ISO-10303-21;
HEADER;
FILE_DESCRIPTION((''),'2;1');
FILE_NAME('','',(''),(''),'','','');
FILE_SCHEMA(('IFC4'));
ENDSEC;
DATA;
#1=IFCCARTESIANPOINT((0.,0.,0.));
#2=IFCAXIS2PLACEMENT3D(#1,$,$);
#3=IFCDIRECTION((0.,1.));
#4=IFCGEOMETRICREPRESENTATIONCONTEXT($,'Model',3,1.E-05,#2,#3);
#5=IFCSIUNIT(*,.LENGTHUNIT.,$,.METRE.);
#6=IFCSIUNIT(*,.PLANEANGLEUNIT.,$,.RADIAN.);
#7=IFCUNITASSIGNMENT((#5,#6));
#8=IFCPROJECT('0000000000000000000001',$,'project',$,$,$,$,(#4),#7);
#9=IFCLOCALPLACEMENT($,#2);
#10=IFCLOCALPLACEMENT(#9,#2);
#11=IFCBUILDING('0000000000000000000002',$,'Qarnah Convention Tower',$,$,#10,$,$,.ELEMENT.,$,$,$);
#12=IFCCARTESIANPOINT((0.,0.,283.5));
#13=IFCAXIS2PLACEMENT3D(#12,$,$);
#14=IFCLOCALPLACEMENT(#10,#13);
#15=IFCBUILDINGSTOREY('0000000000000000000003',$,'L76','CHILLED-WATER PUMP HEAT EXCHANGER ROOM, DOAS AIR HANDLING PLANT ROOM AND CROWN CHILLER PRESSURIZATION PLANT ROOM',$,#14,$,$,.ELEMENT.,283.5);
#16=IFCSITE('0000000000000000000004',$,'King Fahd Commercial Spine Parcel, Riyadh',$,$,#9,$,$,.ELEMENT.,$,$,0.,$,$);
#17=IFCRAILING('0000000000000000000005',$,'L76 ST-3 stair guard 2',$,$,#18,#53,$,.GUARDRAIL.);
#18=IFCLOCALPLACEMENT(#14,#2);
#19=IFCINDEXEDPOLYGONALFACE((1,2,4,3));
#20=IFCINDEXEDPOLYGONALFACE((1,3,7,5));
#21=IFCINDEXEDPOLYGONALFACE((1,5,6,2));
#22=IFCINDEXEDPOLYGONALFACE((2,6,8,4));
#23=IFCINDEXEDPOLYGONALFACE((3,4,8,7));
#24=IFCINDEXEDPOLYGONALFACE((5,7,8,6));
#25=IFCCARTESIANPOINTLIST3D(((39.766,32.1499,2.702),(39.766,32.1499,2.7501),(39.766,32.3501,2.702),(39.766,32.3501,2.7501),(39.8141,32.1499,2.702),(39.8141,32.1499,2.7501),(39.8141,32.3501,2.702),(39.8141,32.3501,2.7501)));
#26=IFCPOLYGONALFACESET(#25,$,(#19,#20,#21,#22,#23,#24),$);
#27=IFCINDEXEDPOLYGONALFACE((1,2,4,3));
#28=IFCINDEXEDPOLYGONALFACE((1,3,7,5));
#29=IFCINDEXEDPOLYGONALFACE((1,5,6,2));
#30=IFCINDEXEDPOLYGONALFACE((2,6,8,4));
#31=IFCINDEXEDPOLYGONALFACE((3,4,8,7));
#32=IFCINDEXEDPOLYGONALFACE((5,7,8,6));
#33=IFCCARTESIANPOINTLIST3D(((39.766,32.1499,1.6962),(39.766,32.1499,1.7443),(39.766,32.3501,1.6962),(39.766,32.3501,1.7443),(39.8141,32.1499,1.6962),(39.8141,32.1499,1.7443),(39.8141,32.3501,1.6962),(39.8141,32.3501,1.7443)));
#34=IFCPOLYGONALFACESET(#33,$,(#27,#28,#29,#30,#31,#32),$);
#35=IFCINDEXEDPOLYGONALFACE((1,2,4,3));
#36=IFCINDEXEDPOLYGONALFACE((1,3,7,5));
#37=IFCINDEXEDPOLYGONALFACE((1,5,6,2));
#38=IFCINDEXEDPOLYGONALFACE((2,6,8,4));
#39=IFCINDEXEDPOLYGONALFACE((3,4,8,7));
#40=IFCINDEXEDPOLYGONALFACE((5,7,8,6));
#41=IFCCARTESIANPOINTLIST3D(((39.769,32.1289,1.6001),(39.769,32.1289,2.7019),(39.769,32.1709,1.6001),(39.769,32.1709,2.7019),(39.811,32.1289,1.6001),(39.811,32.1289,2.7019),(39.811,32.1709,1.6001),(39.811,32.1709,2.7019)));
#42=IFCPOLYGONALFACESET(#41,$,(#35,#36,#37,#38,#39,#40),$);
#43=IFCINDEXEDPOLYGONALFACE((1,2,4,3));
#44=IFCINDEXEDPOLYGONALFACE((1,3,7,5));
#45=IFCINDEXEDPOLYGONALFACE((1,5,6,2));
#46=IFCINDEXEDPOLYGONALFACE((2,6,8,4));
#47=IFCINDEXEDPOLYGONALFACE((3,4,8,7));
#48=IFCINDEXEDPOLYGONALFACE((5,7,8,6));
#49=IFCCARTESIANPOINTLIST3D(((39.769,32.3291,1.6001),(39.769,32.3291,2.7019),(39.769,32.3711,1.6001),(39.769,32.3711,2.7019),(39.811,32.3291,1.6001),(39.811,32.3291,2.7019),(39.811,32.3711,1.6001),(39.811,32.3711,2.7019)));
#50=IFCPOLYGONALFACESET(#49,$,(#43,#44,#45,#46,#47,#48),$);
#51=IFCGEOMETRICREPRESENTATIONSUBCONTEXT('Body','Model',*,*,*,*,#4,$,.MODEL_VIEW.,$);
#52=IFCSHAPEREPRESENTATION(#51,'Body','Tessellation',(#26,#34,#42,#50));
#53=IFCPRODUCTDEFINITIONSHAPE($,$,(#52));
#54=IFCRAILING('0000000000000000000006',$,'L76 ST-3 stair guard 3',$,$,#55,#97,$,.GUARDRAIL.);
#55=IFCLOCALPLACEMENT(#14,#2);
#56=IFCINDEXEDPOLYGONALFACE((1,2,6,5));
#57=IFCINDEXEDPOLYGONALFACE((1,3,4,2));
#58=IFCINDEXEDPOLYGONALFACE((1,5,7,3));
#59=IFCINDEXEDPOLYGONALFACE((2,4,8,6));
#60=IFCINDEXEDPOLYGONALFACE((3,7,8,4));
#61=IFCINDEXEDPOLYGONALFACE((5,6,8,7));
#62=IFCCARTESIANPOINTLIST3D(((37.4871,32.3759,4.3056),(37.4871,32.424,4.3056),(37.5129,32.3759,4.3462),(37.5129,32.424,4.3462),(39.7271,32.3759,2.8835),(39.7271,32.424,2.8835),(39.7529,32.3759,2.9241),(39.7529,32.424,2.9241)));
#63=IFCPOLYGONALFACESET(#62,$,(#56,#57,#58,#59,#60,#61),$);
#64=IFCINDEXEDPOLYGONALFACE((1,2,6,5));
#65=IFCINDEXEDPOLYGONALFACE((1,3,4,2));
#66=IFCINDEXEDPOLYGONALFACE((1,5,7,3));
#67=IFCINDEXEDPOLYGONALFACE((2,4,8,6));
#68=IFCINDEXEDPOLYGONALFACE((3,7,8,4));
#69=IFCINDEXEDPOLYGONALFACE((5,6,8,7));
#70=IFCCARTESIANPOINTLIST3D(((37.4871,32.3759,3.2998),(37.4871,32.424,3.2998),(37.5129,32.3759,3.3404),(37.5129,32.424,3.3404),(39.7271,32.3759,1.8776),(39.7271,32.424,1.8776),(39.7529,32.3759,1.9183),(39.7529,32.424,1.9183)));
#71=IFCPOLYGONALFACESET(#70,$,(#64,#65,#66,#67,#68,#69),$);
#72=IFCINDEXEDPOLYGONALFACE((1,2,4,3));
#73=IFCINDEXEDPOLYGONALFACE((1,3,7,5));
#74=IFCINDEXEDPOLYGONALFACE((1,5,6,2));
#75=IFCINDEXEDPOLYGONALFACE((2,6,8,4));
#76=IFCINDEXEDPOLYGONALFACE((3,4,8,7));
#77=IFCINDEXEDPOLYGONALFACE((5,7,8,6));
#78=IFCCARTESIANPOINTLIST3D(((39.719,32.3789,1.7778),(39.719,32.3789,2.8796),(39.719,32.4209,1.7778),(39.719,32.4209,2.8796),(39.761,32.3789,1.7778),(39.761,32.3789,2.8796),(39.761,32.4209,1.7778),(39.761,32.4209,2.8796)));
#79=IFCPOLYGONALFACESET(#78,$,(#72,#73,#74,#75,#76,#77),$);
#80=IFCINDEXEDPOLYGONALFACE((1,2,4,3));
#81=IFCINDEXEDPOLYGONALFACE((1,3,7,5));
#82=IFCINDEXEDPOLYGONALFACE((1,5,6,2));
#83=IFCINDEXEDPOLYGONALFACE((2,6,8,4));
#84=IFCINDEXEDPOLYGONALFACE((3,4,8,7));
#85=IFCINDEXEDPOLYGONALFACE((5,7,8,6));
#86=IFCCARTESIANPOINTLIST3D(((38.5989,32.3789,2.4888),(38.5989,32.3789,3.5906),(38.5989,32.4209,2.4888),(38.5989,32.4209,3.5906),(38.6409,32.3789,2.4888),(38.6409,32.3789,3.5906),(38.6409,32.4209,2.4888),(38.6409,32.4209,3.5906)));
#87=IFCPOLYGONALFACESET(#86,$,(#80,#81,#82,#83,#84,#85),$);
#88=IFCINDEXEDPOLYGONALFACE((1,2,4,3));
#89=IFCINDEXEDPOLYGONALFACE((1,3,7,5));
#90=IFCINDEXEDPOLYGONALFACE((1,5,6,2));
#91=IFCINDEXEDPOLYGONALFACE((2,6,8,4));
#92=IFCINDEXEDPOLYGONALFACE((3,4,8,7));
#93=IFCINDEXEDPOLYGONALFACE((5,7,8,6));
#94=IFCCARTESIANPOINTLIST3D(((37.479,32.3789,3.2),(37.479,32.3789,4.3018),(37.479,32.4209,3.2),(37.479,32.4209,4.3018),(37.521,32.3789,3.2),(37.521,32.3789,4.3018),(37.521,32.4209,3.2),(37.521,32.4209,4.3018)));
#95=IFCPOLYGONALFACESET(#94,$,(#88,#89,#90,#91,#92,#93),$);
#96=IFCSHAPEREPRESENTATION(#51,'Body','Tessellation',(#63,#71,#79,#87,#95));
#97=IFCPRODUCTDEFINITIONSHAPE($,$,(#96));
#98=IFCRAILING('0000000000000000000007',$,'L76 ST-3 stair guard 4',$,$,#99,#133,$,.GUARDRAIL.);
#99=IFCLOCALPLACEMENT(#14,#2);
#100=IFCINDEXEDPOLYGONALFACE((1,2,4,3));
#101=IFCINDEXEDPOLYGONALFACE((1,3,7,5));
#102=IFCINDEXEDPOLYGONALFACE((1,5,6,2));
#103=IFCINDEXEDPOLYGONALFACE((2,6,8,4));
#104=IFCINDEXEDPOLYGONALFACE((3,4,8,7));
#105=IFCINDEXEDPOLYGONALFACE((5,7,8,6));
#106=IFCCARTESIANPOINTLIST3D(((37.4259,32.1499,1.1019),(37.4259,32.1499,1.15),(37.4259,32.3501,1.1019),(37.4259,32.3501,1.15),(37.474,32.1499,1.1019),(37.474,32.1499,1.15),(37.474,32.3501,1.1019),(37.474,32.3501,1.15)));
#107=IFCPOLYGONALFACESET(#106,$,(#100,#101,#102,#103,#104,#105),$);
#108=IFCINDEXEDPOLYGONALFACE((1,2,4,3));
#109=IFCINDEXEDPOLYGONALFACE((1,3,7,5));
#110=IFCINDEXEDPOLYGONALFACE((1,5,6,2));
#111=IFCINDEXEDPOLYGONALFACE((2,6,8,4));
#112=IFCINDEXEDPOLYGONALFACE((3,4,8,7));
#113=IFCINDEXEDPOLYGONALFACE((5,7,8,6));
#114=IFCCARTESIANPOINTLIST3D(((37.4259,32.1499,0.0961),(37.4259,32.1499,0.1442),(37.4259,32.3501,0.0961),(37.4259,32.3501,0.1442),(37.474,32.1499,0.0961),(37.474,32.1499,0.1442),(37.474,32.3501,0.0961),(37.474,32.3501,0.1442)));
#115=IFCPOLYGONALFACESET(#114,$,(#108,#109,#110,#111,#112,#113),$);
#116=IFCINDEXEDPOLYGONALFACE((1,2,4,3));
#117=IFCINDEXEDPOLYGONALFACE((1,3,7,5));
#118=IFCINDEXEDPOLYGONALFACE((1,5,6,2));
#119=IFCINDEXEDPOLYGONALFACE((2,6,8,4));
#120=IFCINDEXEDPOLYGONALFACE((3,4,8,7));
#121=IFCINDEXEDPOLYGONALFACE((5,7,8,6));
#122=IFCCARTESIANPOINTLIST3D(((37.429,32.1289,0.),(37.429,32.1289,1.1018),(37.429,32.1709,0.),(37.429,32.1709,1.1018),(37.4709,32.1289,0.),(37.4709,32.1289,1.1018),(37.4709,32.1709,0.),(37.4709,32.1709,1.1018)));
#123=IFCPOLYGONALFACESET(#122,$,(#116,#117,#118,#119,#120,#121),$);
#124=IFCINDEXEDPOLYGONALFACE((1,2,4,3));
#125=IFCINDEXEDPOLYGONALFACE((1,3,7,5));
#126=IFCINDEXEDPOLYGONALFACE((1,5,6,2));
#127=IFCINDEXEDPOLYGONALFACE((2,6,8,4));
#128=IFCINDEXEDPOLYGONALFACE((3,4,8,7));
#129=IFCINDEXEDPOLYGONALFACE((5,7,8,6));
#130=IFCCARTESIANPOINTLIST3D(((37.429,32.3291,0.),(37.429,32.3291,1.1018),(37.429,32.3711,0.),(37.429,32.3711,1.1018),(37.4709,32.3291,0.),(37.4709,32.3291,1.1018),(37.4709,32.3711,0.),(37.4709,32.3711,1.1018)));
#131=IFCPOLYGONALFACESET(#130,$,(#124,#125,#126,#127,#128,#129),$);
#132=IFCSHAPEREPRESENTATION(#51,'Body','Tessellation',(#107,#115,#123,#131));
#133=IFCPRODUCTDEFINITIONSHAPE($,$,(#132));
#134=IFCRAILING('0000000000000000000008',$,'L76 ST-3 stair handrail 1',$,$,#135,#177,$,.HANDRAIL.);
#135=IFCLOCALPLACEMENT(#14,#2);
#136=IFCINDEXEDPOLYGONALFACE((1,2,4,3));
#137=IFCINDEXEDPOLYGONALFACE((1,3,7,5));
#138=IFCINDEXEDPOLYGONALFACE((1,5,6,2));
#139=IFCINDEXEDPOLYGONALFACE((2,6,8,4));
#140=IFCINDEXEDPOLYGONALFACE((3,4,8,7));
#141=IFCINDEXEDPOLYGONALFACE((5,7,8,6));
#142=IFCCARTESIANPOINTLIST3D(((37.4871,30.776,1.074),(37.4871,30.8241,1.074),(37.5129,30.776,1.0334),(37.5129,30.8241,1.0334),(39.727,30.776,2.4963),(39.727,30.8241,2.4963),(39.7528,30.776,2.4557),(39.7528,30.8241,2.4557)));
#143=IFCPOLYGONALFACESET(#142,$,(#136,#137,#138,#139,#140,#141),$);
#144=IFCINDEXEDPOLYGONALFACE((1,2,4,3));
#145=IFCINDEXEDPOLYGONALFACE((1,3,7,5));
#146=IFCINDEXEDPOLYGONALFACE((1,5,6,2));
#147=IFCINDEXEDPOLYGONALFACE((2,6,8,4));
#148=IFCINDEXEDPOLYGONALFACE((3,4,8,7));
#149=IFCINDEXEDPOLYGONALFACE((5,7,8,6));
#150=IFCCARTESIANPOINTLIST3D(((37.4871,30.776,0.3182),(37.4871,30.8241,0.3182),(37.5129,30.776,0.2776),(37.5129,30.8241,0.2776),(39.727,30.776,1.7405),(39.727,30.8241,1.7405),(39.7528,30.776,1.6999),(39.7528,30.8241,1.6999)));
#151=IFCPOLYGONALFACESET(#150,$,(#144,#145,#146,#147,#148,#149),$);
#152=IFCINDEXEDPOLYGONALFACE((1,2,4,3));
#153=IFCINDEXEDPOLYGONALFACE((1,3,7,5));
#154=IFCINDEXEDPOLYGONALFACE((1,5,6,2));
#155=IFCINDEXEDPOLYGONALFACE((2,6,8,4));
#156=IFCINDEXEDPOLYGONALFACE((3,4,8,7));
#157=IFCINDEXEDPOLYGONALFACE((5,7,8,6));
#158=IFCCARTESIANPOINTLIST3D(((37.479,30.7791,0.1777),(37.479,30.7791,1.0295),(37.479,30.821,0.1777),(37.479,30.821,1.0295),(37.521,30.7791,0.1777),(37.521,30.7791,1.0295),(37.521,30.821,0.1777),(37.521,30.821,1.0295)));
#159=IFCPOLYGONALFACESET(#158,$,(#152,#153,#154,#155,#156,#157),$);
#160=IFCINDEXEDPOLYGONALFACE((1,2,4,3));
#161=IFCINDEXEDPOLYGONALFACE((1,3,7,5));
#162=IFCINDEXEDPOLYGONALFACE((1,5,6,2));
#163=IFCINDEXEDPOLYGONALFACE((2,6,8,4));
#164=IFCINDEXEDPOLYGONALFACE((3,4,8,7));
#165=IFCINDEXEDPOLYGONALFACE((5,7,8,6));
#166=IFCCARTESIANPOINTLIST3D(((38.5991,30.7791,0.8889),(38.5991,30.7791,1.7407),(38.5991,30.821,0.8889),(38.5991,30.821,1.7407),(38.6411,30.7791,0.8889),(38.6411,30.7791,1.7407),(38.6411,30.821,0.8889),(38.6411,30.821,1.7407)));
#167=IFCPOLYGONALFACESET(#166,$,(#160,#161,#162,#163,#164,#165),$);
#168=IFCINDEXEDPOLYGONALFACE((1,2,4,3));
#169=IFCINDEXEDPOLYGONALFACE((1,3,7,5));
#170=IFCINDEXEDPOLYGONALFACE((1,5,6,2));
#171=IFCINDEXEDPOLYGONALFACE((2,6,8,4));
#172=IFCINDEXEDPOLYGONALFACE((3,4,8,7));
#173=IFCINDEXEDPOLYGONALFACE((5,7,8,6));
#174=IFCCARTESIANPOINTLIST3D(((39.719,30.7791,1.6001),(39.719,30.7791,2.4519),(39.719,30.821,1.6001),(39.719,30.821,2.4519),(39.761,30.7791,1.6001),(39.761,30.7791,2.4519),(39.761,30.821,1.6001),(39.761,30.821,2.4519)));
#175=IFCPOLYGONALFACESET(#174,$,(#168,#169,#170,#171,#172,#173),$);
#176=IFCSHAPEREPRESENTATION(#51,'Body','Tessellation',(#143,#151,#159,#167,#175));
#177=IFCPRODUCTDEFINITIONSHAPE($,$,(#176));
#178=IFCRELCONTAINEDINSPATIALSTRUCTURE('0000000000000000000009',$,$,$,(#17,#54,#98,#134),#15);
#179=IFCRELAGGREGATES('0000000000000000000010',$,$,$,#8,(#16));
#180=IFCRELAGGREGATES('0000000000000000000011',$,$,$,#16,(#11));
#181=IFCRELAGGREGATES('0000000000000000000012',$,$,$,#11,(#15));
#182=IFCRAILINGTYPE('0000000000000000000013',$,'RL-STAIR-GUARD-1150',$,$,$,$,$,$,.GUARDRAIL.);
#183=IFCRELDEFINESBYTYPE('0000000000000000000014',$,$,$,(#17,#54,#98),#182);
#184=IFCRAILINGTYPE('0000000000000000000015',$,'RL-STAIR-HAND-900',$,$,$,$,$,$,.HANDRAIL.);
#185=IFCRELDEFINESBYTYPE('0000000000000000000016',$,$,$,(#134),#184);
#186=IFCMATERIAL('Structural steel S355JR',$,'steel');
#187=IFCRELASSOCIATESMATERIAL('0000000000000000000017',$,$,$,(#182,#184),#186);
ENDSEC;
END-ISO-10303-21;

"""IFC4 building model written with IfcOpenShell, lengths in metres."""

from ifc_helpers import new_model, si_unit, direction, frame, origin, origin_2d, place, context, subcontext, project, spatial, rectangle, extrude, material, type_object, element, save


model = new_model("IFC4")

# Units and contexts
model_context = context("Model", 3, precision=1e-05, world=origin(), true_north=direction((0.0, 1.0)))
body_context = subcontext(model_context, "Body", "Model", "MODEL_VIEW")
ifc_project = project(units=[si_unit("LENGTHUNIT", "METRE"), si_unit("PLANEANGLEUNIT", "RADIAN")], contexts=[model_context])

# Site, building, storey
site_placement = place(None, origin())
site = spatial("IfcSite", under=ifc_project, at=site_placement, Name="King Fahd Commercial Spine Parcel, Riyadh", CompositionType="ELEMENT", RefElevation=0.0)
building_placement = place(site_placement, origin())
building = spatial("IfcBuilding", under=site, at=building_placement, Name="Qarnah Convention Tower", CompositionType="ELEMENT")
storey_placement = place(building_placement, frame((0.0, 0.0, 283.5)))
storey = spatial("IfcBuildingStorey", under=building, at=storey_placement, Name="L76", Description="CHILLED-WATER PUMP HEAT EXCHANGER ROOM, DOAS AIR HANDLING PLANT ROOM AND CROWN CHILLER PRESSURIZATION PLANT ROOM", CompositionType="ELEMENT", Elevation=283.5)

# Shared definitions
ifc_material_1 = material(Name="Structural steel S355JR", Category="steel")

# Railings
railing_type_1 = type_object("IfcRailingType", Name="RL-STAIR-GUARD-1150", PredefinedType="GUARDRAIL", material=ifc_material_1)
railing_1_placement = place(storey_placement, frame((39.79, 32.1499, 1.6001)))
element("IfcRailing", 1, at=railing_1_placement, inside=storey, type_object=railing_type_1, Name="L76 ST-3 stair guard 2", PredefinedType="GUARDRAIL", context=body_context, shape_type="SweptSolid", body=[
    extrude(rectangle(XDim=0.0481, YDim=0.0481, at=origin_2d()), frame((0.0, 0.0, 1.126), z_axis=(0.0, 1.0, 0.0), x_axis=(-1.0, 0.0, 0.0)), (0.0, 0.0, 1.0), 0.2002),
    extrude(rectangle(XDim=0.0481, YDim=0.0481, at=origin_2d()), frame((0.0, 0.0, 0.1201), z_axis=(0.0, 1.0, 0.0), x_axis=(-1.0, 0.0, 0.0)), (0.0, 0.0, 1.0), 0.2002),
    extrude(rectangle(XDim=0.042, YDim=0.042, at=origin_2d()), origin(), (0.0, 0.0, 1.0), 1.1018),
    extrude(rectangle(XDim=0.042, YDim=0.042, at=origin_2d()), frame((0.0, 0.2002, 0.0)), (0.0, 0.0, 1.0), 1.1018),
])
railing_2_placement = place(storey_placement, frame((39.74, 32.3999, 1.7778)))
element("IfcRailing", 2, at=railing_2_placement, inside=storey, type_object=railing_type_1, Name="L76 ST-3 stair guard 3", PredefinedType="GUARDRAIL", context=body_context, shape_type="SweptSolid", body=[
    extrude(rectangle(XDim=0.0481, YDim=0.0481, at=origin_2d()), frame((0.0, 0.0, 1.126), z_axis=(-0.844229, 0.0, 0.535982), x_axis=(0.0, -1.0, 0.0)), (0.0, 0.0, 1.0), 2.6533),
    extrude(rectangle(XDim=0.0481, YDim=0.0481, at=origin_2d()), frame((0.0, 0.0, 0.1201), z_axis=(-0.844229, 0.0, 0.535982), x_axis=(0.0, -1.0, 0.0)), (0.0, 0.0, 1.0), 2.6533),
    extrude(rectangle(XDim=0.042, YDim=0.042, at=origin_2d()), origin(), (0.0, 0.0, 1.0), 1.1018),
    extrude(rectangle(XDim=0.042, YDim=0.042, at=origin_2d()), frame((-1.1201, 0.0, 0.7109)), (0.0, 0.0, 1.0), 1.1018),
    extrude(rectangle(XDim=0.042, YDim=0.042, at=origin_2d()), frame((-2.24, 0.0, 1.4221)), (0.0, 0.0, 1.0), 1.1018),
])
railing_3_placement = place(storey_placement, frame((37.45, 32.1499, 0.0)))
element("IfcRailing", 3, at=railing_3_placement, inside=storey, type_object=railing_type_1, Name="L76 ST-3 stair guard 4", PredefinedType="GUARDRAIL", context=body_context, shape_type="SweptSolid", body=[
    extrude(rectangle(XDim=0.0481, YDim=0.0481, at=origin_2d()), frame((0.0, 0.0, 1.126), z_axis=(0.0, 1.0, 0.0), x_axis=(-1.0, 0.0, 0.0)), (0.0, 0.0, 1.0), 0.2002),
    extrude(rectangle(XDim=0.0481, YDim=0.0481, at=origin_2d()), frame((0.0, 0.0, 0.1201), z_axis=(0.0, 1.0, 0.0), x_axis=(-1.0, 0.0, 0.0)), (0.0, 0.0, 1.0), 0.2002),
    extrude(rectangle(XDim=0.042, YDim=0.042, at=origin_2d()), origin(), (0.0, 0.0, 1.0), 1.1018),
    extrude(rectangle(XDim=0.042, YDim=0.042, at=origin_2d()), frame((0.0, 0.2002, 0.0)), (0.0, 0.0, 1.0), 1.1018),
])
railing_type_2 = type_object("IfcRailingType", Name="RL-STAIR-HAND-900", PredefinedType="HANDRAIL", material=ifc_material_1)
railing_4_placement = place(storey_placement, frame((37.5, 30.8, 0.1777)))
element("IfcRailing", 4, at=railing_4_placement, inside=storey, type_object=railing_type_2, Name="L76 ST-3 stair handrail 1", PredefinedType="HANDRAIL", context=body_context, shape_type="SweptSolid", body=[
    extrude(rectangle(XDim=0.0481, YDim=0.0481, at=origin_2d()), frame((0.0, 0.0, 0.876), z_axis=(0.844188, 0.0, 0.536048), x_axis=(0.0, 1.0, 0.0)), (0.0, 0.0, 1.0), 2.6533),
    extrude(rectangle(XDim=0.0481, YDim=0.0481, at=origin_2d()), frame((0.0, 0.0, 0.1201), z_axis=(0.844188, 0.0, 0.536048), x_axis=(0.0, 1.0, 0.0)), (0.0, 0.0, 1.0), 2.6533),
    extrude(rectangle(XDim=0.042, YDim=0.042, at=origin_2d()), origin(), (0.0, 0.0, 1.0), 0.8518),
    extrude(rectangle(XDim=0.042, YDim=0.042, at=origin_2d()), frame((1.1201, 0.0, 0.7112)), (0.0, 0.0, 1.0), 0.8518),
    extrude(rectangle(XDim=0.042, YDim=0.042, at=origin_2d()), frame((2.24, 0.0, 1.4224)), (0.0, 0.0, 1.0), 0.8518),
])

save(model, "model.ifc")
